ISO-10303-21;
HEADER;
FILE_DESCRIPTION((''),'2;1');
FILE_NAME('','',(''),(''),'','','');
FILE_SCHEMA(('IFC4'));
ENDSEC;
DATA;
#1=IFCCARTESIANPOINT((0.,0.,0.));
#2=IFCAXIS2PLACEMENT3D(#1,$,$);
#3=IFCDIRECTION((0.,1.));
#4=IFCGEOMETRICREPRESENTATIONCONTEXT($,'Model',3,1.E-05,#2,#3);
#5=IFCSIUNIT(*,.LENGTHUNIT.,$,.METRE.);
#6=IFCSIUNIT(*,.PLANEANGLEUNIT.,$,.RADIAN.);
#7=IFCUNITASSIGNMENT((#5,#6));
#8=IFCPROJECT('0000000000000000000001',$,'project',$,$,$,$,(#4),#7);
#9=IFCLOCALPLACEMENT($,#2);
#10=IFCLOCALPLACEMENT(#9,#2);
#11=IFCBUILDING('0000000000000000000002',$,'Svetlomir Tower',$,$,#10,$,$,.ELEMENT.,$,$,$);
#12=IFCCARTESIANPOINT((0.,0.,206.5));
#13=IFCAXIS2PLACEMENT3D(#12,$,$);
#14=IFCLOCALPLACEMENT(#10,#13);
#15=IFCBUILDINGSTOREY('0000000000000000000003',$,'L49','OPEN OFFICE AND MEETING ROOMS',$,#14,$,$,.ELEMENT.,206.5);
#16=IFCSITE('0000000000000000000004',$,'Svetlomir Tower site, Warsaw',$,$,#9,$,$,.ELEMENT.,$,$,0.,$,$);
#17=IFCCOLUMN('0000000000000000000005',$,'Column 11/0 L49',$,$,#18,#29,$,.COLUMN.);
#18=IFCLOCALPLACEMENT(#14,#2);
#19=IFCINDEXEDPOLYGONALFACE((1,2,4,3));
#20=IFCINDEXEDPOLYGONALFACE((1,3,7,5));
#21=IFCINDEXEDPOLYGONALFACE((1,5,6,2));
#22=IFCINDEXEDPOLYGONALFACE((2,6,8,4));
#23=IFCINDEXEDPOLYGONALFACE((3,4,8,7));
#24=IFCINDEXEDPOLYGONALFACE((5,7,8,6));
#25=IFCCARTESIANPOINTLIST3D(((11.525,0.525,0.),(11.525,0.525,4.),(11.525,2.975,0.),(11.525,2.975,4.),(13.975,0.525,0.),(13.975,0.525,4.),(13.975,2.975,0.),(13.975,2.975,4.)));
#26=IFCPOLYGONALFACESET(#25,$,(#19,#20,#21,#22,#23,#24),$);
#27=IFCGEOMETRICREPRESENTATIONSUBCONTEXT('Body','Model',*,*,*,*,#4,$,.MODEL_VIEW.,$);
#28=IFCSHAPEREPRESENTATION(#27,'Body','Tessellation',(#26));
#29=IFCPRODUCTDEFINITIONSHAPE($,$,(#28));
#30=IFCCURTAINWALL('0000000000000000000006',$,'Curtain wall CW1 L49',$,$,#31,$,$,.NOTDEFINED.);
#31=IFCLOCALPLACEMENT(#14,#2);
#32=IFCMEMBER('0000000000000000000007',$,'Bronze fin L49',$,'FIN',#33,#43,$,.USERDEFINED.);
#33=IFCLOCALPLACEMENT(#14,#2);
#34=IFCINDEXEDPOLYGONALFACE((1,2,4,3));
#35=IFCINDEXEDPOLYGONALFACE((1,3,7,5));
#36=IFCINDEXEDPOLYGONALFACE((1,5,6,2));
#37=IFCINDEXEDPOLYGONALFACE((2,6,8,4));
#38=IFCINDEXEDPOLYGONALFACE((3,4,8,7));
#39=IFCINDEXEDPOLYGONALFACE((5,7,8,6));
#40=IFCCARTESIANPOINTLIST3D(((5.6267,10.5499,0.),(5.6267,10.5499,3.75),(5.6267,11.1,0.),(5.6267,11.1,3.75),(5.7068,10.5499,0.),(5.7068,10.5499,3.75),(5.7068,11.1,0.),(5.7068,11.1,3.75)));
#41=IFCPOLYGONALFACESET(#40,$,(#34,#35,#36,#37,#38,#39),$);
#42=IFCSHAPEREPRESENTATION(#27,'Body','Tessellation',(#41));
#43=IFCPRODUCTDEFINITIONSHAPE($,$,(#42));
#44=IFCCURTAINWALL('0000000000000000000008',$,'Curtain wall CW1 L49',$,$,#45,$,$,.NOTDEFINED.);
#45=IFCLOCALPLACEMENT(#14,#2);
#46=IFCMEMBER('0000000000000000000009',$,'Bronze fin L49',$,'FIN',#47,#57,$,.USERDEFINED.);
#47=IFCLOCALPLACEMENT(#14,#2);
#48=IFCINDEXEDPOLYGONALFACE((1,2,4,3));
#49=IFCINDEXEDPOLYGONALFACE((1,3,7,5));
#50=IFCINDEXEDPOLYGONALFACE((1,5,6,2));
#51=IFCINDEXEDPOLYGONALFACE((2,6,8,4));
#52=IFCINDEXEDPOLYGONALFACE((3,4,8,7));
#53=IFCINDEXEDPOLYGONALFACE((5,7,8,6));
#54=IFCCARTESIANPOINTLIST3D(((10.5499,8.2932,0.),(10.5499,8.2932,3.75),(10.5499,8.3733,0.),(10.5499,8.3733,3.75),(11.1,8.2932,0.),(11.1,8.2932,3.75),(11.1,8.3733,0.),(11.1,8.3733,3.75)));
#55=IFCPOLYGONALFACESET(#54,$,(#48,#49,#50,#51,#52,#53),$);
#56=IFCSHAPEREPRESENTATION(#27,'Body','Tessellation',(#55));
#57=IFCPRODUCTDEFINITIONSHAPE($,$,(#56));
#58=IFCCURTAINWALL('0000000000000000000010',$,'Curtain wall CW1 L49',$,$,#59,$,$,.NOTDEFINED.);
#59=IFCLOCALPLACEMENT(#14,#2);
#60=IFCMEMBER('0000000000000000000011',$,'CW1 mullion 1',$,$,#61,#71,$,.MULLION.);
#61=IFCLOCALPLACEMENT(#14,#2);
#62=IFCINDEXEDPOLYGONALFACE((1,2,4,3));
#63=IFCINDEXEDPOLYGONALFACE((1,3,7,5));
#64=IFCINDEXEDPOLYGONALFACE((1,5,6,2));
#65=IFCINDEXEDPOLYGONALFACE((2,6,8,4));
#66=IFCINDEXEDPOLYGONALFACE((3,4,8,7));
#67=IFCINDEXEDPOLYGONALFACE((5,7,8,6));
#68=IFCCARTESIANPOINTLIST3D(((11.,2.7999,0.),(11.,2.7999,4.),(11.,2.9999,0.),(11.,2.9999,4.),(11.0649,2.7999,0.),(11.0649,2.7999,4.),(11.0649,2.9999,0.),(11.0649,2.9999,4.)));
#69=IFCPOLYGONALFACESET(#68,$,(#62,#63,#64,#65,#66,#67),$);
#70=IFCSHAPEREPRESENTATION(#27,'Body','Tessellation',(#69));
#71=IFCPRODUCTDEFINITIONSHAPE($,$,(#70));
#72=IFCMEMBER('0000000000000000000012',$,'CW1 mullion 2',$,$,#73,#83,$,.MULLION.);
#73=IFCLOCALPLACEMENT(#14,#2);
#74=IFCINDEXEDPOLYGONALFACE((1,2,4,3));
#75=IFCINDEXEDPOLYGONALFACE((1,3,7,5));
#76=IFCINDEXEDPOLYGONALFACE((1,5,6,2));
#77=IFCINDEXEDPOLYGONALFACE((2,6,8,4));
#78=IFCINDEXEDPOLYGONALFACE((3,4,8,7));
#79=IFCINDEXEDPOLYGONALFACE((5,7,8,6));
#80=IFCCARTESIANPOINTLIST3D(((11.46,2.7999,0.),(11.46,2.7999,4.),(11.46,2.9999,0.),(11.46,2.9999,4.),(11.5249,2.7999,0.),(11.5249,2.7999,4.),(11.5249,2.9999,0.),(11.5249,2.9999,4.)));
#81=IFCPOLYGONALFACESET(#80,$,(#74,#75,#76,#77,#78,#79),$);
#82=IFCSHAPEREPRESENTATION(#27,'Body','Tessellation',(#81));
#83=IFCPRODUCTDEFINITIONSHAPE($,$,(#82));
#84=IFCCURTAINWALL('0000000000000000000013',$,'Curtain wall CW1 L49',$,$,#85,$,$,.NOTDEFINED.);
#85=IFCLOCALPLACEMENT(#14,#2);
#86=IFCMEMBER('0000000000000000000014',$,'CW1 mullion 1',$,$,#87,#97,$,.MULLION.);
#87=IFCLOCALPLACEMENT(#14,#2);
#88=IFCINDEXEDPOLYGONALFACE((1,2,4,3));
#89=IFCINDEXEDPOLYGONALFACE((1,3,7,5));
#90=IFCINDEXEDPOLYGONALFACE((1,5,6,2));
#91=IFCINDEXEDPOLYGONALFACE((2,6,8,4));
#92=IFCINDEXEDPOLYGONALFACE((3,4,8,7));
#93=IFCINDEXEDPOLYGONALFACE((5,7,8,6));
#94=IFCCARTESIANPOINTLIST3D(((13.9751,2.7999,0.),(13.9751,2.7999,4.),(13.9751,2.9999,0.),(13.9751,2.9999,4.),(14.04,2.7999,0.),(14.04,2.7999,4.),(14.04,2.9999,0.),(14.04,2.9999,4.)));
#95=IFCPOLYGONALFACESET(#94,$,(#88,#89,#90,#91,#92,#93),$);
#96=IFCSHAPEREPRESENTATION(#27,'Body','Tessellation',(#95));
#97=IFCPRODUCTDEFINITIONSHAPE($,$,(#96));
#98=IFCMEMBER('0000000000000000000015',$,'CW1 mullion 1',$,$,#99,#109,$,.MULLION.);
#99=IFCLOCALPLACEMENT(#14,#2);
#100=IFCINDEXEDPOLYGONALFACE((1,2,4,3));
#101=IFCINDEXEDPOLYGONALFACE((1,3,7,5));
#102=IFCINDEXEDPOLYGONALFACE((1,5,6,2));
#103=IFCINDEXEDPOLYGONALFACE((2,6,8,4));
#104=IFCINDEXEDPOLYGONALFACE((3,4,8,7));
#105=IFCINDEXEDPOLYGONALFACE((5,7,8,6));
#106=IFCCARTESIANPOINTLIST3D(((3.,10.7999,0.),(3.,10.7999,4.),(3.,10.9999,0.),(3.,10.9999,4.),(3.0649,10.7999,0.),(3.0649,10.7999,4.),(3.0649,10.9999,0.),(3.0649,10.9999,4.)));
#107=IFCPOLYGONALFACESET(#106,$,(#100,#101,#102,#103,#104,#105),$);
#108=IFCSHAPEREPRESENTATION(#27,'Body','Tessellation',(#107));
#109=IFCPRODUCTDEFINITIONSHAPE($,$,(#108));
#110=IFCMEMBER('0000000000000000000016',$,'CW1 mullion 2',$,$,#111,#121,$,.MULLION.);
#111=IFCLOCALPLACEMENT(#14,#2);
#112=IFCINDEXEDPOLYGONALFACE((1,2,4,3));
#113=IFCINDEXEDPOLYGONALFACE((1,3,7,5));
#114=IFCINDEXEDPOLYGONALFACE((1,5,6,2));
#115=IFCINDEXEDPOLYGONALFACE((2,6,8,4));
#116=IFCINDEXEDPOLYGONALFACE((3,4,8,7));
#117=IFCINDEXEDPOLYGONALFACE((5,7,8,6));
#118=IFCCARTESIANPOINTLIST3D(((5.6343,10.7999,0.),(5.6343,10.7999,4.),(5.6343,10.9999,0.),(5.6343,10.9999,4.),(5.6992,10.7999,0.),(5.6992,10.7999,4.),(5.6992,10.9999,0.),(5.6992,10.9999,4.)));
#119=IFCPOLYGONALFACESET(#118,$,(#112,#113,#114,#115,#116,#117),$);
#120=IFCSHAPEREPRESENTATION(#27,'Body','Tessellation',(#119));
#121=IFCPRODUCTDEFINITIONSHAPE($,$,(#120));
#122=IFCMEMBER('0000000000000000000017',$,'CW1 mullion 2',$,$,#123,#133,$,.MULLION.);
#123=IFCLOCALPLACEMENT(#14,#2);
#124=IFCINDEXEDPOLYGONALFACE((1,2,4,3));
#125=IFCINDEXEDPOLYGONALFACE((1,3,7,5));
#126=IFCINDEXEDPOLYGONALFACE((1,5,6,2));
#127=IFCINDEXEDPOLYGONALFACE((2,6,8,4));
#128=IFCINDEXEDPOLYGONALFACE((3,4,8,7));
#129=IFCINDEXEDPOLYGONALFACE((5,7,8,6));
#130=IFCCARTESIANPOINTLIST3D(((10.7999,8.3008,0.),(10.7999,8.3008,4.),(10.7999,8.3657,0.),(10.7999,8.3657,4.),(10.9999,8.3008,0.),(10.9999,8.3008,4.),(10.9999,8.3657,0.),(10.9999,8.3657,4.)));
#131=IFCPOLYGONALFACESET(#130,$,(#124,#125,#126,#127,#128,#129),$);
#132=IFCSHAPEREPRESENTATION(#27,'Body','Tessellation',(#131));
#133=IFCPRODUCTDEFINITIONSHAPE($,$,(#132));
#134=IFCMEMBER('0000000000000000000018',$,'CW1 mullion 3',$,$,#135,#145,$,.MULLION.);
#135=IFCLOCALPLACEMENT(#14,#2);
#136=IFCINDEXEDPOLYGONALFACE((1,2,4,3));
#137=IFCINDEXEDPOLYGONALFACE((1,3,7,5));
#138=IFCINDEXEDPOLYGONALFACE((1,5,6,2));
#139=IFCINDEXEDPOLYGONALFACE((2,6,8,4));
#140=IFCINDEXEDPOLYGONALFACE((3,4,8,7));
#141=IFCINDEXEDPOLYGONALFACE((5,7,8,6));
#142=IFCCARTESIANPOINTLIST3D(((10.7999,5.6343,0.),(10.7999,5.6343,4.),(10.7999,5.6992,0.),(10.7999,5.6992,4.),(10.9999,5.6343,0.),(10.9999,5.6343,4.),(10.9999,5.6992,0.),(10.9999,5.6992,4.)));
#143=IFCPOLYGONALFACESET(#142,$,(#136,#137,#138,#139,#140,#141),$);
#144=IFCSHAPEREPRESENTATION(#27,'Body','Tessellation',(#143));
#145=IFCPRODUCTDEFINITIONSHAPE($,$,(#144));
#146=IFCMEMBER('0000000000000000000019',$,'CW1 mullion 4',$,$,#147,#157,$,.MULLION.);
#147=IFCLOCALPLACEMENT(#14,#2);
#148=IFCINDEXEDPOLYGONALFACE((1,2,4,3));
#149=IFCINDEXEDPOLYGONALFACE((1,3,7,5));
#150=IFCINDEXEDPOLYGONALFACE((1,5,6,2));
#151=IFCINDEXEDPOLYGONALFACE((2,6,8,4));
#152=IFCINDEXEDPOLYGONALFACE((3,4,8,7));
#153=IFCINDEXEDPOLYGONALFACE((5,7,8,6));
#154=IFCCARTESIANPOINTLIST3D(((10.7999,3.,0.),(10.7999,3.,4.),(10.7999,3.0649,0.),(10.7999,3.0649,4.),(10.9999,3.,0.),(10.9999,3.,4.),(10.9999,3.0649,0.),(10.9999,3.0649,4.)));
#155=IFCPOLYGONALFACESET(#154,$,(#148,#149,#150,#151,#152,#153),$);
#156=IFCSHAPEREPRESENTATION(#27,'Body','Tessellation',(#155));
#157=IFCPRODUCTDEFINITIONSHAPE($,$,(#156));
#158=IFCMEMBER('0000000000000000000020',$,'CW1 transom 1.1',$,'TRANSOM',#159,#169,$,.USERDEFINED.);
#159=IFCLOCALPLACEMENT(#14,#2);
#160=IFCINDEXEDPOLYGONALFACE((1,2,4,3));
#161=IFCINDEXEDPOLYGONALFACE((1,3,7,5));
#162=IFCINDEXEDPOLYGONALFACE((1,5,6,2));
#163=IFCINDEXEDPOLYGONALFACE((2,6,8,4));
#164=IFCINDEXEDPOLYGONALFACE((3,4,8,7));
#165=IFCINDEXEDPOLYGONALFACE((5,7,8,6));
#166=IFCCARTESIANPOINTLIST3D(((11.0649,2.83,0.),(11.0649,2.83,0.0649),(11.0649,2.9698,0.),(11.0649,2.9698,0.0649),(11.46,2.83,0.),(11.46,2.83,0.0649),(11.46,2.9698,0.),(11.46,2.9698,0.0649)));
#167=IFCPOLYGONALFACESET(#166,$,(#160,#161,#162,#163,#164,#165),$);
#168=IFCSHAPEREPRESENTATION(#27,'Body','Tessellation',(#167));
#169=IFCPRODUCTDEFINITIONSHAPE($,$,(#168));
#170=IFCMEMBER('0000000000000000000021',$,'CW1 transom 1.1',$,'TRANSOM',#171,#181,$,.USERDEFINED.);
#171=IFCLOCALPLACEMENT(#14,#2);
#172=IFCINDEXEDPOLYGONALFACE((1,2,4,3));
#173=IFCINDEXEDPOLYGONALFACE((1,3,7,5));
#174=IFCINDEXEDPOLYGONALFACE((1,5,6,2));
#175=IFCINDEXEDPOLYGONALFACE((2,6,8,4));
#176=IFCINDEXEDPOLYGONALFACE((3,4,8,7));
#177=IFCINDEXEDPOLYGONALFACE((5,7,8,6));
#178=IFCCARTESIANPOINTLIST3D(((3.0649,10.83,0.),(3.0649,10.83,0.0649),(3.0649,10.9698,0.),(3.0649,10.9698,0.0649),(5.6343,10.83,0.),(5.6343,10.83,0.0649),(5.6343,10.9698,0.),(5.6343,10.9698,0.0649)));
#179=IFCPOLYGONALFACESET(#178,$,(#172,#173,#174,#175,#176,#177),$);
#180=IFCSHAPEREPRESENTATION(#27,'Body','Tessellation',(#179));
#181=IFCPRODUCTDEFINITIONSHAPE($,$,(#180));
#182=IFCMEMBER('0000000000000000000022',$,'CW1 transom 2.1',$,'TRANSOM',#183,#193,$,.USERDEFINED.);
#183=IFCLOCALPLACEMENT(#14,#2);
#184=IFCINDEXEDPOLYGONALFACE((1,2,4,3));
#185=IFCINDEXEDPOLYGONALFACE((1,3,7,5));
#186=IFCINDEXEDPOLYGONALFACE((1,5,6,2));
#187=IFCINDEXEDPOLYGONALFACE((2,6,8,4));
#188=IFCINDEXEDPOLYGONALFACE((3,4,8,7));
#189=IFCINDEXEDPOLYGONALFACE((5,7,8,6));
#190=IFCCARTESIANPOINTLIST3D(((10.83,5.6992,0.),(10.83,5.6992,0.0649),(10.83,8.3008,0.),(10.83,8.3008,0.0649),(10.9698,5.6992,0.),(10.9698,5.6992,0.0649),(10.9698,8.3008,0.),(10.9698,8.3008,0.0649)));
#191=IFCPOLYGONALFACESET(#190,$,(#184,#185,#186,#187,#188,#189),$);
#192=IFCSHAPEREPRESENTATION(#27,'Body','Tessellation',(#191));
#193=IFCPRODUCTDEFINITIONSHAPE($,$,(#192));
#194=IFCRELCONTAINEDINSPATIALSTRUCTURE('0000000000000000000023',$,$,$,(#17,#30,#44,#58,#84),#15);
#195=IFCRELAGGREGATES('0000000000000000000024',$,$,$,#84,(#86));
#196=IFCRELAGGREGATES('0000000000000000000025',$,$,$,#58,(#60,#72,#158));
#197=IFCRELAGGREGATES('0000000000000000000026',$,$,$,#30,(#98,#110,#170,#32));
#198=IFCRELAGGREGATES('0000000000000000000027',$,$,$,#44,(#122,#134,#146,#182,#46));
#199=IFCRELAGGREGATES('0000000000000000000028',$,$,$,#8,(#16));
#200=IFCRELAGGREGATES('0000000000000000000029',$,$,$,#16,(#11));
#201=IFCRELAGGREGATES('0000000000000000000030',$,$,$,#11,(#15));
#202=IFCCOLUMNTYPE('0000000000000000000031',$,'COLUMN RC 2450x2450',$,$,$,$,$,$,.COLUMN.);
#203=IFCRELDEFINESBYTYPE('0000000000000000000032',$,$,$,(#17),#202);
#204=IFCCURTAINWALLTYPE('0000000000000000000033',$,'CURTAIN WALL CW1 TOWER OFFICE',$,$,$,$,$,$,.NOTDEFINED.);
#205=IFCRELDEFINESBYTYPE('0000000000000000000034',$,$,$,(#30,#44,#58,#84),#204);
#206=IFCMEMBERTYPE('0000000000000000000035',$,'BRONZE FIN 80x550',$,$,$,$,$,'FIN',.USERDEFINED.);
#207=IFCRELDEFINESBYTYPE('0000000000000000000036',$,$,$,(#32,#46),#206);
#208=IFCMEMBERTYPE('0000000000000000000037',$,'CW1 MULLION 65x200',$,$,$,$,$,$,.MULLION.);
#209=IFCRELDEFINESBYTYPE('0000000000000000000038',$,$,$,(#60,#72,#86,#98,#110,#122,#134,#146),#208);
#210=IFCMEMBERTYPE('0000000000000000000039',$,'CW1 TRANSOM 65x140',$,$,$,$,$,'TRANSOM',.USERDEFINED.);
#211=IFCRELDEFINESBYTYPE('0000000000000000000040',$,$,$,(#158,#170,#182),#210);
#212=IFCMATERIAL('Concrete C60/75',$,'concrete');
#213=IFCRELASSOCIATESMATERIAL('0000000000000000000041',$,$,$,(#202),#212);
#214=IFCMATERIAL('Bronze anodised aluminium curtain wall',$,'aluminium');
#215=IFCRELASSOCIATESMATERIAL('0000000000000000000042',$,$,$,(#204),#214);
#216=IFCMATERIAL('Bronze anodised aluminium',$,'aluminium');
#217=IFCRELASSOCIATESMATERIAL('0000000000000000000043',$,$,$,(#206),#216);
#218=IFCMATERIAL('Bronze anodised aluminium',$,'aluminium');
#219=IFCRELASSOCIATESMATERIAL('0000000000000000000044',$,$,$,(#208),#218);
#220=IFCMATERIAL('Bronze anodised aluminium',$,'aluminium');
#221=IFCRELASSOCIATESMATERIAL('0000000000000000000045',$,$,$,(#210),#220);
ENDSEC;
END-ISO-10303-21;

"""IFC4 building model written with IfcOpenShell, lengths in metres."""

from ifc_helpers import new_model, si_unit, direction, frame, origin, origin_2d, place, context, subcontext, project, spatial, rectangle, extrude, material, material_profile, profile_set, type_object, element, aggregate, save


model = new_model("IFC4")

# Units and contexts
model_context = context("Model", 3, precision=1e-05, world=origin(), true_north=direction((0.0, 1.0)))
body_context = subcontext(model_context, "Body", "Model", "MODEL_VIEW")
ifc_project = project(units=[si_unit("LENGTHUNIT", "METRE"), si_unit("PLANEANGLEUNIT", "RADIAN")], contexts=[model_context])

# Site, building, storey
site_placement = place(None, origin())
site = spatial("IfcSite", under=ifc_project, at=site_placement, Name="Svetlomir Tower site, Warsaw", CompositionType="ELEMENT", RefElevation=0.0)
building_placement = place(site_placement, origin())
building = spatial("IfcBuilding", under=site, at=building_placement, Name="Svetlomir Tower", CompositionType="ELEMENT")
storey_placement = place(building_placement, frame((0.0, 0.0, 206.5)))
storey = spatial("IfcBuildingStorey", under=building, at=storey_placement, Name="L49", Description="OPEN OFFICE AND MEETING ROOMS", CompositionType="ELEMENT", Elevation=206.5)

# Column
ifc_material_1 = material(Name="Concrete C60/75", Category="concrete")
ifc_material_profile_1 = material_profile(ifc_material_1, rectangle(XDim=2.45, YDim=2.45, at=origin_2d()), Name="RC 2450x2450")
ifc_profile_set_1 = profile_set([ifc_material_profile_1], Name="Concrete C60/75")
column_type = type_object("IfcColumnType", Name="COLUMN RC 2450x2450", PredefinedType="COLUMN", material=ifc_profile_set_1)
column_placement = place(storey_placement, frame((12.75, 1.75, 0.0), z_axis=(0.0, 0.0, 1.0), x_axis=(1.0, 0.0, 0.0)))
element("IfcColumn", 1, at=column_placement, inside=storey, type_object=column_type, Name="Column 11/0 L49", PredefinedType="COLUMN", context=body_context, shape_type="SweptSolid", body=[
    extrude(rectangle(XDim=2.45, YDim=2.45, at=origin_2d()), origin(), (0.0, 0.0, 1.0), 4.0),
])

# Curtain walls, members
ifc_material_2 = material(Name="Bronze anodised aluminium curtain wall", Category="aluminium")
curtain_wall_type = type_object("IfcCurtainWallType", Name="CURTAIN WALL CW1 TOWER OFFICE", PredefinedType="NOTDEFINED", material=ifc_material_2)
curtain_wall_1_placement = place(storey_placement, origin())
curtain_wall_1 = element("IfcCurtainWall", 2, at=curtain_wall_1_placement, inside=storey, type_object=curtain_wall_type, Name="Curtain wall CW1 L49", PredefinedType="NOTDEFINED")
ifc_material_3 = material(Name="Bronze anodised aluminium", Category="aluminium")
ifc_material_profile_2 = material_profile(ifc_material_3, rectangle(XDim=0.0801, YDim=0.55, at=origin_2d()), Name="FIN 80x550")
ifc_profile_set_2 = profile_set([ifc_material_profile_2], Name="Bronze anodised aluminium 6063-T6")
member_type_1 = type_object("IfcMemberType", Name="BRONZE FIN 80x550", ElementType="FIN", PredefinedType="USERDEFINED", material=ifc_profile_set_2)
member_1_placement = place(storey_placement, frame((5.6667, 10.825, 0.0), z_axis=(0.0, 0.0, 1.0), x_axis=(1.0, 0.0, 0.0)))
member_1 = element("IfcMember", 3, at=member_1_placement, type_object=member_type_1, Name="Bronze fin L49", ObjectType="FIN", PredefinedType="USERDEFINED", context=body_context, shape_type="SweptSolid", body=[
    extrude(rectangle(XDim=0.0801, YDim=0.55, at=origin_2d()), origin(), (0.0, 0.0, 1.0), 3.75),
])
curtain_wall_2_placement = place(storey_placement, origin())
curtain_wall_2 = element("IfcCurtainWall", 4, at=curtain_wall_2_placement, inside=storey, type_object=curtain_wall_type, Name="Curtain wall CW1 L49", PredefinedType="NOTDEFINED")
member_2_placement = place(storey_placement, frame((10.825, 8.3333, 0.0), z_axis=(0.0, 0.0, 1.0), x_axis=(0.0, 1.0, 0.0)))
member_2 = element("IfcMember", 5, at=member_2_placement, type_object=member_type_1, Name="Bronze fin L49", ObjectType="FIN", PredefinedType="USERDEFINED", context=body_context, shape_type="SweptSolid", body=[
    extrude(rectangle(XDim=0.0801, YDim=0.55, at=origin_2d()), origin(), (0.0, 0.0, 1.0), 3.75),
])

# Curtain wall, members
curtain_wall_3_placement = place(storey_placement, origin())
curtain_wall_3 = element("IfcCurtainWall", 6, at=curtain_wall_3_placement, inside=storey, type_object=curtain_wall_type, Name="Curtain wall CW1 L49", PredefinedType="NOTDEFINED")
ifc_material_4 = material(Name="Bronze anodised aluminium", Category="aluminium")
ifc_material_profile_3 = material_profile(ifc_material_4, rectangle(XDim=0.0649, YDim=0.2, at=origin_2d()), Name="AL 65x200")
ifc_profile_set_3 = profile_set([ifc_material_profile_3], Name="Bronze anodised aluminium 6063-T6")
member_type_2 = type_object("IfcMemberType", Name="CW1 MULLION 65x200", PredefinedType="MULLION", material=ifc_profile_set_3)
member_3_placement = place(storey_placement, frame((11.0325, 2.8999, 0.0), z_axis=(0.0, 0.0, 1.0), x_axis=(1.0, 0.0, 0.0)))
member_3 = element("IfcMember", 7, at=member_3_placement, type_object=member_type_2, Name="CW1 mullion 1", PredefinedType="MULLION", context=body_context, shape_type="SweptSolid", body=[
    extrude(rectangle(XDim=0.0649, YDim=0.2, at=origin_2d()), origin(), (0.0, 0.0, 1.0), 4.0),
])
member_4_placement = place(storey_placement, frame((11.4924, 2.8999, 0.0), z_axis=(0.0, 0.0, 1.0), x_axis=(1.0, 0.0, 0.0)))
member_4 = element("IfcMember", 8, at=member_4_placement, type_object=member_type_2, Name="CW1 mullion 2", PredefinedType="MULLION", context=body_context, shape_type="SweptSolid", body=[
    extrude(rectangle(XDim=0.0649, YDim=0.2, at=origin_2d()), origin(), (0.0, 0.0, 1.0), 4.0),
])

# Curtain wall, member
curtain_wall_4_placement = place(storey_placement, origin())
curtain_wall_4 = element("IfcCurtainWall", 9, at=curtain_wall_4_placement, inside=storey, type_object=curtain_wall_type, Name="Curtain wall CW1 L49", PredefinedType="NOTDEFINED")
member_5_placement = place(storey_placement, frame((14.0076, 2.8999, 0.0), z_axis=(0.0, 0.0, 1.0), x_axis=(1.0, 0.0, 0.0)))
member_5 = element("IfcMember", 10, at=member_5_placement, type_object=member_type_2, Name="CW1 mullion 1", PredefinedType="MULLION", context=body_context, shape_type="SweptSolid", body=[
    extrude(rectangle(XDim=0.0649, YDim=0.2, at=origin_2d()), origin(), (0.0, 0.0, 1.0), 4.0),
])
aggregate(curtain_wall_4, [member_5])

# Members
member_6_placement = place(storey_placement, frame((3.0325, 10.8999, 0.0), z_axis=(0.0, 0.0, 1.0), x_axis=(1.0, 0.0, 0.0)))
member_6 = element("IfcMember", 11, at=member_6_placement, type_object=member_type_2, Name="CW1 mullion 1", PredefinedType="MULLION", context=body_context, shape_type="SweptSolid", body=[
    extrude(rectangle(XDim=0.0649, YDim=0.2, at=origin_2d()), origin(), (0.0, 0.0, 1.0), 4.0),
])
member_7_placement = place(storey_placement, frame((5.6667, 10.8999, 0.0), z_axis=(0.0, 0.0, 1.0), x_axis=(1.0, 0.0, 0.0)))
member_7 = element("IfcMember", 12, at=member_7_placement, type_object=member_type_2, Name="CW1 mullion 2", PredefinedType="MULLION", context=body_context, shape_type="SweptSolid", body=[
    extrude(rectangle(XDim=0.0649, YDim=0.2, at=origin_2d()), origin(), (0.0, 0.0, 1.0), 4.0),
])
member_8_placement = place(storey_placement, frame((10.8999, 8.3333, 0.0), z_axis=(0.0, 0.0, 1.0), x_axis=(0.0, -1.0, 0.0)))
member_8 = element("IfcMember", 13, at=member_8_placement, type_object=member_type_2, Name="CW1 mullion 2", PredefinedType="MULLION", context=body_context, shape_type="SweptSolid", body=[
    extrude(rectangle(XDim=0.0649, YDim=0.2, at=origin_2d()), origin(), (0.0, 0.0, 1.0), 4.0),
])
member_9_placement = place(storey_placement, frame((10.8999, 5.6667, 0.0), z_axis=(0.0, 0.0, 1.0), x_axis=(0.0, -1.0, 0.0)))
member_9 = element("IfcMember", 14, at=member_9_placement, type_object=member_type_2, Name="CW1 mullion 3", PredefinedType="MULLION", context=body_context, shape_type="SweptSolid", body=[
    extrude(rectangle(XDim=0.0649, YDim=0.2, at=origin_2d()), origin(), (0.0, 0.0, 1.0), 4.0),
])
member_10_placement = place(storey_placement, frame((10.8999, 3.0325, 0.0), z_axis=(0.0, 0.0, 1.0), x_axis=(0.0, -1.0, 0.0)))
member_10 = element("IfcMember", 15, at=member_10_placement, type_object=member_type_2, Name="CW1 mullion 4", PredefinedType="MULLION", context=body_context, shape_type="SweptSolid", body=[
    extrude(rectangle(XDim=0.0649, YDim=0.2, at=origin_2d()), origin(), (0.0, 0.0, 1.0), 4.0),
])
ifc_material_5 = material(Name="Bronze anodised aluminium", Category="aluminium")
ifc_material_profile_4 = material_profile(ifc_material_5, rectangle(XDim=0.1399, YDim=0.0649, at=origin_2d()), Name="AL 140x65")
ifc_profile_set_4 = profile_set([ifc_material_profile_4], Name="Bronze anodised aluminium 6063-T6")
member_type_3 = type_object("IfcMemberType", Name="CW1 TRANSOM 65x140", ElementType="TRANSOM", PredefinedType="USERDEFINED", material=ifc_profile_set_4)
member_11_placement = place(storey_placement, frame((11.0649, 2.8999, 0.0325), z_axis=(1.0, 0.0, 0.0), x_axis=(0.0, 1.0, 0.0)))
member_11 = element("IfcMember", 16, at=member_11_placement, type_object=member_type_3, Name="CW1 transom 1.1", ObjectType="TRANSOM", PredefinedType="USERDEFINED", context=body_context, shape_type="SweptSolid", body=[
    extrude(rectangle(XDim=0.1399, YDim=0.0649, at=origin_2d()), origin(), (0.0, 0.0, 1.0), 0.395),
])
member_12_placement = place(storey_placement, frame((3.0649, 10.8999, 0.0325), z_axis=(1.0, 0.0, 0.0), x_axis=(0.0, 1.0, 0.0)))
member_12 = element("IfcMember", 17, at=member_12_placement, type_object=member_type_3, Name="CW1 transom 1.1", ObjectType="TRANSOM", PredefinedType="USERDEFINED", context=body_context, shape_type="SweptSolid", body=[
    extrude(rectangle(XDim=0.1399, YDim=0.0649, at=origin_2d()), origin(), (0.0, 0.0, 1.0), 2.5693),
])
member_13_placement = place(storey_placement, frame((10.8999, 8.3008, 0.0325), z_axis=(0.0, -1.0, 0.0), x_axis=(1.0, 0.0, 0.0)))
member_13 = element("IfcMember", 18, at=member_13_placement, type_object=member_type_3, Name="CW1 transom 2.1", ObjectType="TRANSOM", PredefinedType="USERDEFINED", context=body_context, shape_type="SweptSolid", body=[
    extrude(rectangle(XDim=0.1399, YDim=0.0649, at=origin_2d()), origin(), (0.0, 0.0, 1.0), 2.6016),
])

aggregate(curtain_wall_3, [member_3, member_4, member_11])
aggregate(curtain_wall_1, [member_6, member_7, member_12, member_1])
aggregate(curtain_wall_2, [member_8, member_9, member_10, member_13, member_2])

save(model, "model.ifc")
